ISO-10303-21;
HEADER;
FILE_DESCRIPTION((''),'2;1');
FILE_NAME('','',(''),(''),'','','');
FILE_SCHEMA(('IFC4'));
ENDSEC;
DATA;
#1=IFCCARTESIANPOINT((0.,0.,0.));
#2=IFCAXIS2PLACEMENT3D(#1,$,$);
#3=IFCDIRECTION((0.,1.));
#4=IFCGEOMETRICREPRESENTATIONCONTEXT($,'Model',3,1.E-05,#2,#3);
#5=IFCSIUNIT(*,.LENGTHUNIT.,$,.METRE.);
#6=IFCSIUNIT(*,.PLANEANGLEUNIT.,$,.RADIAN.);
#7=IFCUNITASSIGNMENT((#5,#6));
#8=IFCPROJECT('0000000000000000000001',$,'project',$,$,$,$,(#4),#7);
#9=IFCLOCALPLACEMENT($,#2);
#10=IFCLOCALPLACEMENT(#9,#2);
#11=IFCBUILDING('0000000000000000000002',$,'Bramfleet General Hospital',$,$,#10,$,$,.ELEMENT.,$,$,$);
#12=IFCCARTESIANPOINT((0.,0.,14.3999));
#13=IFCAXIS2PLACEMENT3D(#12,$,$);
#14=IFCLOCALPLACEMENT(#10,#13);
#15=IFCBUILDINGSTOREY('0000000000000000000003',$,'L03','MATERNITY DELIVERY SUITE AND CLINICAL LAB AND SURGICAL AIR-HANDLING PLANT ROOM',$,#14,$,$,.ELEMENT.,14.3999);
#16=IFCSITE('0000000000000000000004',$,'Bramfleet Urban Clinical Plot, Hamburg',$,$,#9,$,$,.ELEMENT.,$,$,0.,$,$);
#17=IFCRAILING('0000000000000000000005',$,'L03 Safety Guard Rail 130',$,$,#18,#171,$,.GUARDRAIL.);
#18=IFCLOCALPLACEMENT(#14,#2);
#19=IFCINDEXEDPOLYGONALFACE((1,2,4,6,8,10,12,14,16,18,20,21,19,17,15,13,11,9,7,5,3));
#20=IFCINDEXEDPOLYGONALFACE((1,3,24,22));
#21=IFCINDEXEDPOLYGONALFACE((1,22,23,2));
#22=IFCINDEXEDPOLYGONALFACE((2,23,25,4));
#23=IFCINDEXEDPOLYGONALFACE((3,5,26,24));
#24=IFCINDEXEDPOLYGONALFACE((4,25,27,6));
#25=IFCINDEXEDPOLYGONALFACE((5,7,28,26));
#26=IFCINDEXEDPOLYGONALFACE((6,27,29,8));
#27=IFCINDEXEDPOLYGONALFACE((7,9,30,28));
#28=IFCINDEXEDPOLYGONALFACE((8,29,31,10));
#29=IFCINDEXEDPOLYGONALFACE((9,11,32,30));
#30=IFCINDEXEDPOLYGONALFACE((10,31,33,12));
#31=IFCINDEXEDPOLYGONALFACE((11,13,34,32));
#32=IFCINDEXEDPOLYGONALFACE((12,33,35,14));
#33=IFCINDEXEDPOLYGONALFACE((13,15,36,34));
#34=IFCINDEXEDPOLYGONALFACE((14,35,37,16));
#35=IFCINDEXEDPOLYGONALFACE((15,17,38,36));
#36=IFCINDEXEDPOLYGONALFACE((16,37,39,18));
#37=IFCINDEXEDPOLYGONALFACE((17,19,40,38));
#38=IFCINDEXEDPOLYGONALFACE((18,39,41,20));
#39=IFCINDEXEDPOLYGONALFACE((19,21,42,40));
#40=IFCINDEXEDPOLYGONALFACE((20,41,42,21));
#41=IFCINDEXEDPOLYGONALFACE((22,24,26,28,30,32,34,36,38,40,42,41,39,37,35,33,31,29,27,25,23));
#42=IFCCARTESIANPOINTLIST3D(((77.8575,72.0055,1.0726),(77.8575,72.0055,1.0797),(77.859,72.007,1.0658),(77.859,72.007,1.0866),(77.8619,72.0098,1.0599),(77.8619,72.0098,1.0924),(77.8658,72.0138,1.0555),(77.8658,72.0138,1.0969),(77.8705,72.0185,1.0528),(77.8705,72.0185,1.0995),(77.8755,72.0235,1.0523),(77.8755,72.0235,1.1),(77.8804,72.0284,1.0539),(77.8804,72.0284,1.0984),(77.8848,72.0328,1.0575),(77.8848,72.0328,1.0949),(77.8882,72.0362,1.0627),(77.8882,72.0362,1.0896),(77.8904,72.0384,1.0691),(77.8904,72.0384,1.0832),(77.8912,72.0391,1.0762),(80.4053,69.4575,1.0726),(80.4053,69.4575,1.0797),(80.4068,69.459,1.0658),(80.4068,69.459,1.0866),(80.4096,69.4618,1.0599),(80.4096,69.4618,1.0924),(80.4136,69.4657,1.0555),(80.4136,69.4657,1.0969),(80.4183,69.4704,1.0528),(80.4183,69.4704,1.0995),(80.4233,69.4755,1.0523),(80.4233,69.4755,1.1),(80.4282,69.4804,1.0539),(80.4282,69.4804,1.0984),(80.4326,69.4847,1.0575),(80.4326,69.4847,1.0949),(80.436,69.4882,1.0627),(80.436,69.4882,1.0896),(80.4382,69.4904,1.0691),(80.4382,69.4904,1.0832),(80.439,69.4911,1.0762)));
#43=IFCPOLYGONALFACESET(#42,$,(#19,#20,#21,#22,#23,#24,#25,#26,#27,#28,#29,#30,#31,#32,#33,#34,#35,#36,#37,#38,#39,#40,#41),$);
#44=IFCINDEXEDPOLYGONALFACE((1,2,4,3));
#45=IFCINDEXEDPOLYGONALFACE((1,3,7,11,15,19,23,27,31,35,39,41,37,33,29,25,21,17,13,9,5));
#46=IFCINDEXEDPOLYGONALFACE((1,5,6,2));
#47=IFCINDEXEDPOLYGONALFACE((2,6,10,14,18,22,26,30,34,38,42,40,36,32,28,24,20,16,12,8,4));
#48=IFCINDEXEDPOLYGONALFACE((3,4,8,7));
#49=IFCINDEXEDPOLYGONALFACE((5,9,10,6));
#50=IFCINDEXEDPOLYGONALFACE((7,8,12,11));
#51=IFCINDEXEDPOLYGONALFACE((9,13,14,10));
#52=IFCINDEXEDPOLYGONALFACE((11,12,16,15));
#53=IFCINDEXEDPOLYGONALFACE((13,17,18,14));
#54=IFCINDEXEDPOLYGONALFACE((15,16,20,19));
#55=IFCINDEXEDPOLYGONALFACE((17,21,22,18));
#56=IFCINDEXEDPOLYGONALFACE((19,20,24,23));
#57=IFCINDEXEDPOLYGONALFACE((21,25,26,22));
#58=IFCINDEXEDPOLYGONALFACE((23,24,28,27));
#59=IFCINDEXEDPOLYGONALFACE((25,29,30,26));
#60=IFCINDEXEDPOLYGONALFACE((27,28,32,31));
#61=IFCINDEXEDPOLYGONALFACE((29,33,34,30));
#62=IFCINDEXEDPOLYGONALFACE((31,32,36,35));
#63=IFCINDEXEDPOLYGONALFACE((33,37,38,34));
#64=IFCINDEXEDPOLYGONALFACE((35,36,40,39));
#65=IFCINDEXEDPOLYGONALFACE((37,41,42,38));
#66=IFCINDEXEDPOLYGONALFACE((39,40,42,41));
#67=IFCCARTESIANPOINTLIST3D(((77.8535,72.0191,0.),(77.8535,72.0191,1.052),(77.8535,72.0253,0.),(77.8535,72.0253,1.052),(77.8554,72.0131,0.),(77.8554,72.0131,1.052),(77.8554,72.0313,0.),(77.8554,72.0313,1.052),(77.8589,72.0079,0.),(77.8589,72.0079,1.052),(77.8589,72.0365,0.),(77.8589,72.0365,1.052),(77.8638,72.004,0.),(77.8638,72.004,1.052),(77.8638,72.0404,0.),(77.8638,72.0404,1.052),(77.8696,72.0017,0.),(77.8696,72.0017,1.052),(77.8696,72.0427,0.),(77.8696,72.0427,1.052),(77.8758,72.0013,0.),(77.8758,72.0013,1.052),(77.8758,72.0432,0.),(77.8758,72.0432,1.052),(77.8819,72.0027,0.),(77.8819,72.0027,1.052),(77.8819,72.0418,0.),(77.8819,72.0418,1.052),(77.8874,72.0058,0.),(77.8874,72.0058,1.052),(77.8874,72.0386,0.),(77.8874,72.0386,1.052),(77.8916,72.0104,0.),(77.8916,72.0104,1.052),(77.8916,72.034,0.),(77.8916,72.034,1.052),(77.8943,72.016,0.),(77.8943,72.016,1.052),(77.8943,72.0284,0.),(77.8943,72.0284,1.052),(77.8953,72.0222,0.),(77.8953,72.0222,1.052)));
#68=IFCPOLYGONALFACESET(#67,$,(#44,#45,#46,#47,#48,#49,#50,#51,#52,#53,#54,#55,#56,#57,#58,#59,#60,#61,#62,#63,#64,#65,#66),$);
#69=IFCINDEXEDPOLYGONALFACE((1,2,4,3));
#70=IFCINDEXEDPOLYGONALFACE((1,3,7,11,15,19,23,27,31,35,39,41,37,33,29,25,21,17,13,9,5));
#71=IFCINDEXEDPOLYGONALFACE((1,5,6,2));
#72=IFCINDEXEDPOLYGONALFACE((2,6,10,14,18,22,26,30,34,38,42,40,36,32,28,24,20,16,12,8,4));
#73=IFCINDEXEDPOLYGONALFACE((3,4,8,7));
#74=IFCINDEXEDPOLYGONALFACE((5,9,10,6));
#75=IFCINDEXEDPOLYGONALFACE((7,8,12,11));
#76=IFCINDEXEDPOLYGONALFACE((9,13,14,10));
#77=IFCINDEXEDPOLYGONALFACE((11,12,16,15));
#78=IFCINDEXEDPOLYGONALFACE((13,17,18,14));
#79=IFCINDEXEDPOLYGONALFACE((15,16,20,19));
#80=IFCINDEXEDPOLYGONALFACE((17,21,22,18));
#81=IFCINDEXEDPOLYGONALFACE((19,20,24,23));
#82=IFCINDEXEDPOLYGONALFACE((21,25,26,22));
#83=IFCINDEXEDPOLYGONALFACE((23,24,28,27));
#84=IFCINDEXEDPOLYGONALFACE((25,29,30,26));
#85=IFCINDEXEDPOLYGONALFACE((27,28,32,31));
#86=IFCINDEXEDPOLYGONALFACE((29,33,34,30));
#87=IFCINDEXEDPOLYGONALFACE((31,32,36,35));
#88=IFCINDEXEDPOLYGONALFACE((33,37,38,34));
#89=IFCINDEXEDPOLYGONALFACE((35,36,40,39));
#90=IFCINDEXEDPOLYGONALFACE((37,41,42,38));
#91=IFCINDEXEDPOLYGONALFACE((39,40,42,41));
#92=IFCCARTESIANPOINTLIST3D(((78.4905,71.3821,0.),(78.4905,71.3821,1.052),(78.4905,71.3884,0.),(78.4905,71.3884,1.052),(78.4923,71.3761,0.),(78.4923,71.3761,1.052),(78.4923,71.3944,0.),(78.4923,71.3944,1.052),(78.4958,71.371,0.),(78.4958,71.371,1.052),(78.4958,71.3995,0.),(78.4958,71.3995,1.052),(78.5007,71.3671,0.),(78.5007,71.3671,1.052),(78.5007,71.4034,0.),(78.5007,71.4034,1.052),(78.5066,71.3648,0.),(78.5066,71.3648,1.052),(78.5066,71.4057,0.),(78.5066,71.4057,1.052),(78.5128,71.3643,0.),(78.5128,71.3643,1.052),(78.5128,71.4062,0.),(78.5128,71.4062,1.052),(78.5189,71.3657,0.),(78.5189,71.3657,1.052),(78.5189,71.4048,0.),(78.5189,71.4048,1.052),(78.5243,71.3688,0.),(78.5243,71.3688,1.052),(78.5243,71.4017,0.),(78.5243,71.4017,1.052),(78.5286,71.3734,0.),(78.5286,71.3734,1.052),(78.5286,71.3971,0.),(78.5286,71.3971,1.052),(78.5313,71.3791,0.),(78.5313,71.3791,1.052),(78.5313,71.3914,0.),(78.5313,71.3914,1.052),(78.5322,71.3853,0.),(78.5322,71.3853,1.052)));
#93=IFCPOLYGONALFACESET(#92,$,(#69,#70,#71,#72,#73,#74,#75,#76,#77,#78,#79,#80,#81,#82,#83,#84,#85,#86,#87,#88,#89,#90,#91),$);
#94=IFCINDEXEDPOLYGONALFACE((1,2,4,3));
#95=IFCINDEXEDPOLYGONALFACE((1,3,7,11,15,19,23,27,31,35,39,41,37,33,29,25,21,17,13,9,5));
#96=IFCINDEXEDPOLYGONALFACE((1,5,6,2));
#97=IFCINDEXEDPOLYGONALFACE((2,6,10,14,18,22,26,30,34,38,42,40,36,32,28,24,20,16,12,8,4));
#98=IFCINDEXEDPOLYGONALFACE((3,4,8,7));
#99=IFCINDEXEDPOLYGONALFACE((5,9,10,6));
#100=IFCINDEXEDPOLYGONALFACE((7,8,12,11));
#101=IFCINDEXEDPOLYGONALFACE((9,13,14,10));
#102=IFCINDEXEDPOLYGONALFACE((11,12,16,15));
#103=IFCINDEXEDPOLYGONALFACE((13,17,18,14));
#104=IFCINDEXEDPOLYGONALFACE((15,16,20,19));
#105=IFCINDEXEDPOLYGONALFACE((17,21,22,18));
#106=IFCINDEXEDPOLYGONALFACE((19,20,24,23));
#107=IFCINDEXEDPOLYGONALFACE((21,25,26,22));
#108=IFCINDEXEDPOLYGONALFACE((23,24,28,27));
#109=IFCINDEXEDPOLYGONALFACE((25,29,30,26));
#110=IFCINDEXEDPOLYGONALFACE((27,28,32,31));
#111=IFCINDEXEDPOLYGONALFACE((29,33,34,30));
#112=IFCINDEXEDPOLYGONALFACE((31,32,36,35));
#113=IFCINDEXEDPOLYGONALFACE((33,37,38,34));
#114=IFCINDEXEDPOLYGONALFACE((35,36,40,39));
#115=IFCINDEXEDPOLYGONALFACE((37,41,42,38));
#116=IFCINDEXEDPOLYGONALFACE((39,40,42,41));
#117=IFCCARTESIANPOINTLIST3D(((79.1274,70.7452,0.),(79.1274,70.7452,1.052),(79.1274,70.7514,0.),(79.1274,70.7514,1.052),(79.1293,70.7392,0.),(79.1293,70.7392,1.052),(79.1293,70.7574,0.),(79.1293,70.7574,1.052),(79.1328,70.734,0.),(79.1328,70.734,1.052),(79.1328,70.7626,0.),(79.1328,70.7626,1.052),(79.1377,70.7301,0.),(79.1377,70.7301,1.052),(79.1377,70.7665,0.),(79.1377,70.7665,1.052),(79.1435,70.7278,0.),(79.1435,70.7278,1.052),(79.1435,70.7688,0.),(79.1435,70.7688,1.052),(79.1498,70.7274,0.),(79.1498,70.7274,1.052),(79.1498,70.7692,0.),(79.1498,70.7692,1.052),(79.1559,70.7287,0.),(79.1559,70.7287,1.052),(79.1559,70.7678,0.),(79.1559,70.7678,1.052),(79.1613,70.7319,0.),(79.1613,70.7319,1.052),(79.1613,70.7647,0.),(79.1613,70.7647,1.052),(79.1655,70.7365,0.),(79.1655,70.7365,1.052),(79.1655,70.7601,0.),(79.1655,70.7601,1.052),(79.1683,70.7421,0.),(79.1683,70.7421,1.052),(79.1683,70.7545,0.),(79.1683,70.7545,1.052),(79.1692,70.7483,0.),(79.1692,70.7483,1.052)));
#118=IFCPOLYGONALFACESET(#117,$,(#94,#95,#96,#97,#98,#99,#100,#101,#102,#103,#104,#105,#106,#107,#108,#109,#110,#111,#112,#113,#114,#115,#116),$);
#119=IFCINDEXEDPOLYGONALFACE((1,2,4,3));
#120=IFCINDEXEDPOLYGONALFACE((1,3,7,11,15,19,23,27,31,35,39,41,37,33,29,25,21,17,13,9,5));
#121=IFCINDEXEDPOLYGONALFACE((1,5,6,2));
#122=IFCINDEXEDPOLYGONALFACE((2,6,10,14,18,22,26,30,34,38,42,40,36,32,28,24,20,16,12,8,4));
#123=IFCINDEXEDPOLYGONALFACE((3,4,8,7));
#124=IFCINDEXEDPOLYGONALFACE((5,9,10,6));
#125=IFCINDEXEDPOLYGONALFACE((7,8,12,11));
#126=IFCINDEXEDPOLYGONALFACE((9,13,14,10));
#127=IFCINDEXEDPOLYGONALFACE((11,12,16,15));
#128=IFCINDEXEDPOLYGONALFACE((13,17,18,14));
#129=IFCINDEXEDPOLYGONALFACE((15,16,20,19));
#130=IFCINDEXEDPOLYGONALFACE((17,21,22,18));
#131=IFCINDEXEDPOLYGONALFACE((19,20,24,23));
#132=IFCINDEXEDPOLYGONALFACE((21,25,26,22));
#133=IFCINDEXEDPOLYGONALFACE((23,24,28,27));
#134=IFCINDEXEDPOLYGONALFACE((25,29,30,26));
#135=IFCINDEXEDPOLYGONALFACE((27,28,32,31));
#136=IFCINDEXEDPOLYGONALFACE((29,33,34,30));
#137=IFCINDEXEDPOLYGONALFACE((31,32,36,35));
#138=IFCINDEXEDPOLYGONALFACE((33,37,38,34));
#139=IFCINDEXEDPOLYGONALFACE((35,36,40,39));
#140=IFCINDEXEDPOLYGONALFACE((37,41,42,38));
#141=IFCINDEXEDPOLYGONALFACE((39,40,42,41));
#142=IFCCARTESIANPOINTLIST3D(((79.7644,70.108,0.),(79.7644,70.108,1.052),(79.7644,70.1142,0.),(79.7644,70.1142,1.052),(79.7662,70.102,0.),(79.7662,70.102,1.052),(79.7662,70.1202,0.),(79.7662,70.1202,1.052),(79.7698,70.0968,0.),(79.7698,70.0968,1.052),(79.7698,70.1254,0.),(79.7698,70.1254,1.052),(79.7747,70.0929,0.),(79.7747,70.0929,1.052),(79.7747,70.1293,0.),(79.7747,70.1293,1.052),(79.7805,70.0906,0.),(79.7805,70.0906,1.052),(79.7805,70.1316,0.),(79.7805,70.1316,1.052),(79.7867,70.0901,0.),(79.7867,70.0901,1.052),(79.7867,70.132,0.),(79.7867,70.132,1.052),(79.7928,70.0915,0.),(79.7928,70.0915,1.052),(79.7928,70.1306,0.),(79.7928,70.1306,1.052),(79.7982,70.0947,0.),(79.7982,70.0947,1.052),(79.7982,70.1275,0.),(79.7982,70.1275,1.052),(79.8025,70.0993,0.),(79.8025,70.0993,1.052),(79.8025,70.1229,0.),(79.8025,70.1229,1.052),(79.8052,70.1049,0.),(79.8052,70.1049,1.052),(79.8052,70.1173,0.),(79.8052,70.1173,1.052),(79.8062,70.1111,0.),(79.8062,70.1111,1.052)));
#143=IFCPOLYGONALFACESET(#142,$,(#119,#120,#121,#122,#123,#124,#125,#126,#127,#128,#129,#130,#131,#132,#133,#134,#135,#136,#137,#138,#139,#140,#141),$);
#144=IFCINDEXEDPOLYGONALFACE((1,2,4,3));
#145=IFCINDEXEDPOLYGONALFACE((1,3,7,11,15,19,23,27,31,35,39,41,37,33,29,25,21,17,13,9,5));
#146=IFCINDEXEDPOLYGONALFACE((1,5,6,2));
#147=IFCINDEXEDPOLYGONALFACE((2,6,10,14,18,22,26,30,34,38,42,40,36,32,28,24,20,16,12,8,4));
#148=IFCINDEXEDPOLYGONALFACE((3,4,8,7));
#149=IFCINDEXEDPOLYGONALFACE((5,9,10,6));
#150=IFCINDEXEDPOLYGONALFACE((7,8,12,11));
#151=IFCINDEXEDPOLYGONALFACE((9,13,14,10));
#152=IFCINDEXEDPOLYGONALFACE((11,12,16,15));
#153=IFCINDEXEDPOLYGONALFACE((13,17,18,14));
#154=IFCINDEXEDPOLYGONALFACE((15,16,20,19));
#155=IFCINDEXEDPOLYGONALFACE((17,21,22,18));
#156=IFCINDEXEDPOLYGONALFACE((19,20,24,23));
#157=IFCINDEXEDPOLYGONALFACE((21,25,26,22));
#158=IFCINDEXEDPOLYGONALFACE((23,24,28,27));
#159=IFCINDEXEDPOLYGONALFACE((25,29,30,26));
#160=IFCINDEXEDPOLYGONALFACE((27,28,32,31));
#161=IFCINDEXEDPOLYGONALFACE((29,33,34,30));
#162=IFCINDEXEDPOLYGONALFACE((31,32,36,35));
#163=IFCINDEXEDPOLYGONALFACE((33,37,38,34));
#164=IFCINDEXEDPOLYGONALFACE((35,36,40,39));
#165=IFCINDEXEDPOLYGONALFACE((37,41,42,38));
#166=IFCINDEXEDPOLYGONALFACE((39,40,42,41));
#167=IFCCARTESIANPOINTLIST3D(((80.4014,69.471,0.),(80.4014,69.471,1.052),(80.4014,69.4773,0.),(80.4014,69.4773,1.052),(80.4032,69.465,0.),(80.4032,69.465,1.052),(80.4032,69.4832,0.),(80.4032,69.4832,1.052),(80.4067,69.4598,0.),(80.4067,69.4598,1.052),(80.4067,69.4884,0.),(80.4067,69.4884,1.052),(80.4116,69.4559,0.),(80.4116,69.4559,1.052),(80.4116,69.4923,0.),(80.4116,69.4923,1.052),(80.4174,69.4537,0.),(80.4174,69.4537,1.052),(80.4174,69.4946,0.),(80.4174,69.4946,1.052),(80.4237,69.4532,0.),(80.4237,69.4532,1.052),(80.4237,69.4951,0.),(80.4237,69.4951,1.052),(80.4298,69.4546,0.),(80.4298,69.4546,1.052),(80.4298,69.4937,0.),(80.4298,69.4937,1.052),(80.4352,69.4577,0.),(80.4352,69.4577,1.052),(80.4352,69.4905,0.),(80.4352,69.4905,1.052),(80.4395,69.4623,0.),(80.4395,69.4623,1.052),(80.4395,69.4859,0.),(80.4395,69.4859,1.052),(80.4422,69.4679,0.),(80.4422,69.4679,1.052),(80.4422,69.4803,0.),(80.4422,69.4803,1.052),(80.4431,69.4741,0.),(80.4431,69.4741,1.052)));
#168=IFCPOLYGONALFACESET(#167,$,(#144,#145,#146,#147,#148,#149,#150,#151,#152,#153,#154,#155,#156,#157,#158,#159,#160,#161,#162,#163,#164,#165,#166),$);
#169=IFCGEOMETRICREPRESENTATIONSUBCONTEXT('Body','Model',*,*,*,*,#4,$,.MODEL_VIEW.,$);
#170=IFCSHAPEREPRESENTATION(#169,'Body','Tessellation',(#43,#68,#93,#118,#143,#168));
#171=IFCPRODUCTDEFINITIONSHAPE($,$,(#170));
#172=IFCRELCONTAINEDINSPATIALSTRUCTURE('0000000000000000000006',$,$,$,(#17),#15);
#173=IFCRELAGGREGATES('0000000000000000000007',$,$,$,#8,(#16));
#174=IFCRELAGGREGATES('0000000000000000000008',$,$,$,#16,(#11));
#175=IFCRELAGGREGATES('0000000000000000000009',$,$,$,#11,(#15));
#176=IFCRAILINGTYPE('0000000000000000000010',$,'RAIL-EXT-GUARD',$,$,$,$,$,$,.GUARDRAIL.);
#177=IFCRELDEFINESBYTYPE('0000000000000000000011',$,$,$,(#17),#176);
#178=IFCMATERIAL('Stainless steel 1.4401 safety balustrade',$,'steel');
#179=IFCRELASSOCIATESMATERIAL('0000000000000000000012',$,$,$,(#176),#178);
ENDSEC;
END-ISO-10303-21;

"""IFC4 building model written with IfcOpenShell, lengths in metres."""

from ifc_helpers import new_model, si_unit, direction, frame, origin, origin_2d, place, context, subcontext, project, spatial, circle, extrude, material, type_object, element, save


model = new_model("IFC4")

# Units and contexts
model_context = context("Model", 3, precision=1e-05, world=origin(), true_north=direction((0.0, 1.0)))
body_context = subcontext(model_context, "Body", "Model", "MODEL_VIEW")
ifc_project = project(units=[si_unit("LENGTHUNIT", "METRE"), si_unit("PLANEANGLEUNIT", "RADIAN")], contexts=[model_context])

# Site, building, storey
site_placement = place(None, origin())
site = spatial("IfcSite", under=ifc_project, at=site_placement, Name="Bramfleet Urban Clinical Plot, Hamburg", CompositionType="ELEMENT", RefElevation=0.0)
building_placement = place(site_placement, origin())
building = spatial("IfcBuilding", under=site, at=building_placement, Name="Bramfleet General Hospital", CompositionType="ELEMENT")
storey_placement = place(building_placement, frame((0.0, 0.0, 14.3999)))
storey = spatial("IfcBuildingStorey", under=building, at=storey_placement, Name="L03", Description="MATERNITY DELIVERY SUITE AND CLINICAL LAB AND SURGICAL AIR-HANDLING PLANT ROOM", CompositionType="ELEMENT", Elevation=14.3999)

# Railing
ifc_material_1 = material(Name="Stainless steel 1.4401 safety balustrade", Category="steel")
railing_type = type_object("IfcRailingType", Name="RAIL-EXT-GUARD", PredefinedType="GUARDRAIL", material=ifc_material_1)
railing_placement = place(storey_placement, frame((77.8743, 72.0222, 0.0)))
element("IfcRailing", 1, at=railing_placement, inside=storey, type_object=railing_type, Name="L03 Safety Guard Rail 130", PredefinedType="GUARDRAIL", context=body_context, shape_type="SweptSolid", body=[
    extrude(circle(Radius=0.0239, at=origin_2d()), frame((0.0, 0.0, 1.0762), z_axis=(0.707073, -0.707141, 0.0), x_axis=(0.707141, 0.707073, 0.0)), (0.0, 0.0, 1.0), 3.6033),
    extrude(circle(Radius=0.021, at=origin_2d()), origin(), (0.0, 0.0, 1.0), 1.052),
    extrude(circle(Radius=0.021, at=origin_2d()), frame((0.637, -0.637, 0.0)), (0.0, 0.0, 1.0), 1.052),
    extrude(circle(Radius=0.021, at=origin_2d()), frame((1.2739, -1.2739, 0.0)), (0.0, 0.0, 1.0), 1.052),
    extrude(circle(Radius=0.021, at=origin_2d()), frame((1.9109, -1.9111, 0.0)), (0.0, 0.0, 1.0), 1.052),
    extrude(circle(Radius=0.021, at=origin_2d()), frame((2.5479, -2.5481, 0.0)), (0.0, 0.0, 1.0), 1.052),
])

save(model, "model.ifc")
